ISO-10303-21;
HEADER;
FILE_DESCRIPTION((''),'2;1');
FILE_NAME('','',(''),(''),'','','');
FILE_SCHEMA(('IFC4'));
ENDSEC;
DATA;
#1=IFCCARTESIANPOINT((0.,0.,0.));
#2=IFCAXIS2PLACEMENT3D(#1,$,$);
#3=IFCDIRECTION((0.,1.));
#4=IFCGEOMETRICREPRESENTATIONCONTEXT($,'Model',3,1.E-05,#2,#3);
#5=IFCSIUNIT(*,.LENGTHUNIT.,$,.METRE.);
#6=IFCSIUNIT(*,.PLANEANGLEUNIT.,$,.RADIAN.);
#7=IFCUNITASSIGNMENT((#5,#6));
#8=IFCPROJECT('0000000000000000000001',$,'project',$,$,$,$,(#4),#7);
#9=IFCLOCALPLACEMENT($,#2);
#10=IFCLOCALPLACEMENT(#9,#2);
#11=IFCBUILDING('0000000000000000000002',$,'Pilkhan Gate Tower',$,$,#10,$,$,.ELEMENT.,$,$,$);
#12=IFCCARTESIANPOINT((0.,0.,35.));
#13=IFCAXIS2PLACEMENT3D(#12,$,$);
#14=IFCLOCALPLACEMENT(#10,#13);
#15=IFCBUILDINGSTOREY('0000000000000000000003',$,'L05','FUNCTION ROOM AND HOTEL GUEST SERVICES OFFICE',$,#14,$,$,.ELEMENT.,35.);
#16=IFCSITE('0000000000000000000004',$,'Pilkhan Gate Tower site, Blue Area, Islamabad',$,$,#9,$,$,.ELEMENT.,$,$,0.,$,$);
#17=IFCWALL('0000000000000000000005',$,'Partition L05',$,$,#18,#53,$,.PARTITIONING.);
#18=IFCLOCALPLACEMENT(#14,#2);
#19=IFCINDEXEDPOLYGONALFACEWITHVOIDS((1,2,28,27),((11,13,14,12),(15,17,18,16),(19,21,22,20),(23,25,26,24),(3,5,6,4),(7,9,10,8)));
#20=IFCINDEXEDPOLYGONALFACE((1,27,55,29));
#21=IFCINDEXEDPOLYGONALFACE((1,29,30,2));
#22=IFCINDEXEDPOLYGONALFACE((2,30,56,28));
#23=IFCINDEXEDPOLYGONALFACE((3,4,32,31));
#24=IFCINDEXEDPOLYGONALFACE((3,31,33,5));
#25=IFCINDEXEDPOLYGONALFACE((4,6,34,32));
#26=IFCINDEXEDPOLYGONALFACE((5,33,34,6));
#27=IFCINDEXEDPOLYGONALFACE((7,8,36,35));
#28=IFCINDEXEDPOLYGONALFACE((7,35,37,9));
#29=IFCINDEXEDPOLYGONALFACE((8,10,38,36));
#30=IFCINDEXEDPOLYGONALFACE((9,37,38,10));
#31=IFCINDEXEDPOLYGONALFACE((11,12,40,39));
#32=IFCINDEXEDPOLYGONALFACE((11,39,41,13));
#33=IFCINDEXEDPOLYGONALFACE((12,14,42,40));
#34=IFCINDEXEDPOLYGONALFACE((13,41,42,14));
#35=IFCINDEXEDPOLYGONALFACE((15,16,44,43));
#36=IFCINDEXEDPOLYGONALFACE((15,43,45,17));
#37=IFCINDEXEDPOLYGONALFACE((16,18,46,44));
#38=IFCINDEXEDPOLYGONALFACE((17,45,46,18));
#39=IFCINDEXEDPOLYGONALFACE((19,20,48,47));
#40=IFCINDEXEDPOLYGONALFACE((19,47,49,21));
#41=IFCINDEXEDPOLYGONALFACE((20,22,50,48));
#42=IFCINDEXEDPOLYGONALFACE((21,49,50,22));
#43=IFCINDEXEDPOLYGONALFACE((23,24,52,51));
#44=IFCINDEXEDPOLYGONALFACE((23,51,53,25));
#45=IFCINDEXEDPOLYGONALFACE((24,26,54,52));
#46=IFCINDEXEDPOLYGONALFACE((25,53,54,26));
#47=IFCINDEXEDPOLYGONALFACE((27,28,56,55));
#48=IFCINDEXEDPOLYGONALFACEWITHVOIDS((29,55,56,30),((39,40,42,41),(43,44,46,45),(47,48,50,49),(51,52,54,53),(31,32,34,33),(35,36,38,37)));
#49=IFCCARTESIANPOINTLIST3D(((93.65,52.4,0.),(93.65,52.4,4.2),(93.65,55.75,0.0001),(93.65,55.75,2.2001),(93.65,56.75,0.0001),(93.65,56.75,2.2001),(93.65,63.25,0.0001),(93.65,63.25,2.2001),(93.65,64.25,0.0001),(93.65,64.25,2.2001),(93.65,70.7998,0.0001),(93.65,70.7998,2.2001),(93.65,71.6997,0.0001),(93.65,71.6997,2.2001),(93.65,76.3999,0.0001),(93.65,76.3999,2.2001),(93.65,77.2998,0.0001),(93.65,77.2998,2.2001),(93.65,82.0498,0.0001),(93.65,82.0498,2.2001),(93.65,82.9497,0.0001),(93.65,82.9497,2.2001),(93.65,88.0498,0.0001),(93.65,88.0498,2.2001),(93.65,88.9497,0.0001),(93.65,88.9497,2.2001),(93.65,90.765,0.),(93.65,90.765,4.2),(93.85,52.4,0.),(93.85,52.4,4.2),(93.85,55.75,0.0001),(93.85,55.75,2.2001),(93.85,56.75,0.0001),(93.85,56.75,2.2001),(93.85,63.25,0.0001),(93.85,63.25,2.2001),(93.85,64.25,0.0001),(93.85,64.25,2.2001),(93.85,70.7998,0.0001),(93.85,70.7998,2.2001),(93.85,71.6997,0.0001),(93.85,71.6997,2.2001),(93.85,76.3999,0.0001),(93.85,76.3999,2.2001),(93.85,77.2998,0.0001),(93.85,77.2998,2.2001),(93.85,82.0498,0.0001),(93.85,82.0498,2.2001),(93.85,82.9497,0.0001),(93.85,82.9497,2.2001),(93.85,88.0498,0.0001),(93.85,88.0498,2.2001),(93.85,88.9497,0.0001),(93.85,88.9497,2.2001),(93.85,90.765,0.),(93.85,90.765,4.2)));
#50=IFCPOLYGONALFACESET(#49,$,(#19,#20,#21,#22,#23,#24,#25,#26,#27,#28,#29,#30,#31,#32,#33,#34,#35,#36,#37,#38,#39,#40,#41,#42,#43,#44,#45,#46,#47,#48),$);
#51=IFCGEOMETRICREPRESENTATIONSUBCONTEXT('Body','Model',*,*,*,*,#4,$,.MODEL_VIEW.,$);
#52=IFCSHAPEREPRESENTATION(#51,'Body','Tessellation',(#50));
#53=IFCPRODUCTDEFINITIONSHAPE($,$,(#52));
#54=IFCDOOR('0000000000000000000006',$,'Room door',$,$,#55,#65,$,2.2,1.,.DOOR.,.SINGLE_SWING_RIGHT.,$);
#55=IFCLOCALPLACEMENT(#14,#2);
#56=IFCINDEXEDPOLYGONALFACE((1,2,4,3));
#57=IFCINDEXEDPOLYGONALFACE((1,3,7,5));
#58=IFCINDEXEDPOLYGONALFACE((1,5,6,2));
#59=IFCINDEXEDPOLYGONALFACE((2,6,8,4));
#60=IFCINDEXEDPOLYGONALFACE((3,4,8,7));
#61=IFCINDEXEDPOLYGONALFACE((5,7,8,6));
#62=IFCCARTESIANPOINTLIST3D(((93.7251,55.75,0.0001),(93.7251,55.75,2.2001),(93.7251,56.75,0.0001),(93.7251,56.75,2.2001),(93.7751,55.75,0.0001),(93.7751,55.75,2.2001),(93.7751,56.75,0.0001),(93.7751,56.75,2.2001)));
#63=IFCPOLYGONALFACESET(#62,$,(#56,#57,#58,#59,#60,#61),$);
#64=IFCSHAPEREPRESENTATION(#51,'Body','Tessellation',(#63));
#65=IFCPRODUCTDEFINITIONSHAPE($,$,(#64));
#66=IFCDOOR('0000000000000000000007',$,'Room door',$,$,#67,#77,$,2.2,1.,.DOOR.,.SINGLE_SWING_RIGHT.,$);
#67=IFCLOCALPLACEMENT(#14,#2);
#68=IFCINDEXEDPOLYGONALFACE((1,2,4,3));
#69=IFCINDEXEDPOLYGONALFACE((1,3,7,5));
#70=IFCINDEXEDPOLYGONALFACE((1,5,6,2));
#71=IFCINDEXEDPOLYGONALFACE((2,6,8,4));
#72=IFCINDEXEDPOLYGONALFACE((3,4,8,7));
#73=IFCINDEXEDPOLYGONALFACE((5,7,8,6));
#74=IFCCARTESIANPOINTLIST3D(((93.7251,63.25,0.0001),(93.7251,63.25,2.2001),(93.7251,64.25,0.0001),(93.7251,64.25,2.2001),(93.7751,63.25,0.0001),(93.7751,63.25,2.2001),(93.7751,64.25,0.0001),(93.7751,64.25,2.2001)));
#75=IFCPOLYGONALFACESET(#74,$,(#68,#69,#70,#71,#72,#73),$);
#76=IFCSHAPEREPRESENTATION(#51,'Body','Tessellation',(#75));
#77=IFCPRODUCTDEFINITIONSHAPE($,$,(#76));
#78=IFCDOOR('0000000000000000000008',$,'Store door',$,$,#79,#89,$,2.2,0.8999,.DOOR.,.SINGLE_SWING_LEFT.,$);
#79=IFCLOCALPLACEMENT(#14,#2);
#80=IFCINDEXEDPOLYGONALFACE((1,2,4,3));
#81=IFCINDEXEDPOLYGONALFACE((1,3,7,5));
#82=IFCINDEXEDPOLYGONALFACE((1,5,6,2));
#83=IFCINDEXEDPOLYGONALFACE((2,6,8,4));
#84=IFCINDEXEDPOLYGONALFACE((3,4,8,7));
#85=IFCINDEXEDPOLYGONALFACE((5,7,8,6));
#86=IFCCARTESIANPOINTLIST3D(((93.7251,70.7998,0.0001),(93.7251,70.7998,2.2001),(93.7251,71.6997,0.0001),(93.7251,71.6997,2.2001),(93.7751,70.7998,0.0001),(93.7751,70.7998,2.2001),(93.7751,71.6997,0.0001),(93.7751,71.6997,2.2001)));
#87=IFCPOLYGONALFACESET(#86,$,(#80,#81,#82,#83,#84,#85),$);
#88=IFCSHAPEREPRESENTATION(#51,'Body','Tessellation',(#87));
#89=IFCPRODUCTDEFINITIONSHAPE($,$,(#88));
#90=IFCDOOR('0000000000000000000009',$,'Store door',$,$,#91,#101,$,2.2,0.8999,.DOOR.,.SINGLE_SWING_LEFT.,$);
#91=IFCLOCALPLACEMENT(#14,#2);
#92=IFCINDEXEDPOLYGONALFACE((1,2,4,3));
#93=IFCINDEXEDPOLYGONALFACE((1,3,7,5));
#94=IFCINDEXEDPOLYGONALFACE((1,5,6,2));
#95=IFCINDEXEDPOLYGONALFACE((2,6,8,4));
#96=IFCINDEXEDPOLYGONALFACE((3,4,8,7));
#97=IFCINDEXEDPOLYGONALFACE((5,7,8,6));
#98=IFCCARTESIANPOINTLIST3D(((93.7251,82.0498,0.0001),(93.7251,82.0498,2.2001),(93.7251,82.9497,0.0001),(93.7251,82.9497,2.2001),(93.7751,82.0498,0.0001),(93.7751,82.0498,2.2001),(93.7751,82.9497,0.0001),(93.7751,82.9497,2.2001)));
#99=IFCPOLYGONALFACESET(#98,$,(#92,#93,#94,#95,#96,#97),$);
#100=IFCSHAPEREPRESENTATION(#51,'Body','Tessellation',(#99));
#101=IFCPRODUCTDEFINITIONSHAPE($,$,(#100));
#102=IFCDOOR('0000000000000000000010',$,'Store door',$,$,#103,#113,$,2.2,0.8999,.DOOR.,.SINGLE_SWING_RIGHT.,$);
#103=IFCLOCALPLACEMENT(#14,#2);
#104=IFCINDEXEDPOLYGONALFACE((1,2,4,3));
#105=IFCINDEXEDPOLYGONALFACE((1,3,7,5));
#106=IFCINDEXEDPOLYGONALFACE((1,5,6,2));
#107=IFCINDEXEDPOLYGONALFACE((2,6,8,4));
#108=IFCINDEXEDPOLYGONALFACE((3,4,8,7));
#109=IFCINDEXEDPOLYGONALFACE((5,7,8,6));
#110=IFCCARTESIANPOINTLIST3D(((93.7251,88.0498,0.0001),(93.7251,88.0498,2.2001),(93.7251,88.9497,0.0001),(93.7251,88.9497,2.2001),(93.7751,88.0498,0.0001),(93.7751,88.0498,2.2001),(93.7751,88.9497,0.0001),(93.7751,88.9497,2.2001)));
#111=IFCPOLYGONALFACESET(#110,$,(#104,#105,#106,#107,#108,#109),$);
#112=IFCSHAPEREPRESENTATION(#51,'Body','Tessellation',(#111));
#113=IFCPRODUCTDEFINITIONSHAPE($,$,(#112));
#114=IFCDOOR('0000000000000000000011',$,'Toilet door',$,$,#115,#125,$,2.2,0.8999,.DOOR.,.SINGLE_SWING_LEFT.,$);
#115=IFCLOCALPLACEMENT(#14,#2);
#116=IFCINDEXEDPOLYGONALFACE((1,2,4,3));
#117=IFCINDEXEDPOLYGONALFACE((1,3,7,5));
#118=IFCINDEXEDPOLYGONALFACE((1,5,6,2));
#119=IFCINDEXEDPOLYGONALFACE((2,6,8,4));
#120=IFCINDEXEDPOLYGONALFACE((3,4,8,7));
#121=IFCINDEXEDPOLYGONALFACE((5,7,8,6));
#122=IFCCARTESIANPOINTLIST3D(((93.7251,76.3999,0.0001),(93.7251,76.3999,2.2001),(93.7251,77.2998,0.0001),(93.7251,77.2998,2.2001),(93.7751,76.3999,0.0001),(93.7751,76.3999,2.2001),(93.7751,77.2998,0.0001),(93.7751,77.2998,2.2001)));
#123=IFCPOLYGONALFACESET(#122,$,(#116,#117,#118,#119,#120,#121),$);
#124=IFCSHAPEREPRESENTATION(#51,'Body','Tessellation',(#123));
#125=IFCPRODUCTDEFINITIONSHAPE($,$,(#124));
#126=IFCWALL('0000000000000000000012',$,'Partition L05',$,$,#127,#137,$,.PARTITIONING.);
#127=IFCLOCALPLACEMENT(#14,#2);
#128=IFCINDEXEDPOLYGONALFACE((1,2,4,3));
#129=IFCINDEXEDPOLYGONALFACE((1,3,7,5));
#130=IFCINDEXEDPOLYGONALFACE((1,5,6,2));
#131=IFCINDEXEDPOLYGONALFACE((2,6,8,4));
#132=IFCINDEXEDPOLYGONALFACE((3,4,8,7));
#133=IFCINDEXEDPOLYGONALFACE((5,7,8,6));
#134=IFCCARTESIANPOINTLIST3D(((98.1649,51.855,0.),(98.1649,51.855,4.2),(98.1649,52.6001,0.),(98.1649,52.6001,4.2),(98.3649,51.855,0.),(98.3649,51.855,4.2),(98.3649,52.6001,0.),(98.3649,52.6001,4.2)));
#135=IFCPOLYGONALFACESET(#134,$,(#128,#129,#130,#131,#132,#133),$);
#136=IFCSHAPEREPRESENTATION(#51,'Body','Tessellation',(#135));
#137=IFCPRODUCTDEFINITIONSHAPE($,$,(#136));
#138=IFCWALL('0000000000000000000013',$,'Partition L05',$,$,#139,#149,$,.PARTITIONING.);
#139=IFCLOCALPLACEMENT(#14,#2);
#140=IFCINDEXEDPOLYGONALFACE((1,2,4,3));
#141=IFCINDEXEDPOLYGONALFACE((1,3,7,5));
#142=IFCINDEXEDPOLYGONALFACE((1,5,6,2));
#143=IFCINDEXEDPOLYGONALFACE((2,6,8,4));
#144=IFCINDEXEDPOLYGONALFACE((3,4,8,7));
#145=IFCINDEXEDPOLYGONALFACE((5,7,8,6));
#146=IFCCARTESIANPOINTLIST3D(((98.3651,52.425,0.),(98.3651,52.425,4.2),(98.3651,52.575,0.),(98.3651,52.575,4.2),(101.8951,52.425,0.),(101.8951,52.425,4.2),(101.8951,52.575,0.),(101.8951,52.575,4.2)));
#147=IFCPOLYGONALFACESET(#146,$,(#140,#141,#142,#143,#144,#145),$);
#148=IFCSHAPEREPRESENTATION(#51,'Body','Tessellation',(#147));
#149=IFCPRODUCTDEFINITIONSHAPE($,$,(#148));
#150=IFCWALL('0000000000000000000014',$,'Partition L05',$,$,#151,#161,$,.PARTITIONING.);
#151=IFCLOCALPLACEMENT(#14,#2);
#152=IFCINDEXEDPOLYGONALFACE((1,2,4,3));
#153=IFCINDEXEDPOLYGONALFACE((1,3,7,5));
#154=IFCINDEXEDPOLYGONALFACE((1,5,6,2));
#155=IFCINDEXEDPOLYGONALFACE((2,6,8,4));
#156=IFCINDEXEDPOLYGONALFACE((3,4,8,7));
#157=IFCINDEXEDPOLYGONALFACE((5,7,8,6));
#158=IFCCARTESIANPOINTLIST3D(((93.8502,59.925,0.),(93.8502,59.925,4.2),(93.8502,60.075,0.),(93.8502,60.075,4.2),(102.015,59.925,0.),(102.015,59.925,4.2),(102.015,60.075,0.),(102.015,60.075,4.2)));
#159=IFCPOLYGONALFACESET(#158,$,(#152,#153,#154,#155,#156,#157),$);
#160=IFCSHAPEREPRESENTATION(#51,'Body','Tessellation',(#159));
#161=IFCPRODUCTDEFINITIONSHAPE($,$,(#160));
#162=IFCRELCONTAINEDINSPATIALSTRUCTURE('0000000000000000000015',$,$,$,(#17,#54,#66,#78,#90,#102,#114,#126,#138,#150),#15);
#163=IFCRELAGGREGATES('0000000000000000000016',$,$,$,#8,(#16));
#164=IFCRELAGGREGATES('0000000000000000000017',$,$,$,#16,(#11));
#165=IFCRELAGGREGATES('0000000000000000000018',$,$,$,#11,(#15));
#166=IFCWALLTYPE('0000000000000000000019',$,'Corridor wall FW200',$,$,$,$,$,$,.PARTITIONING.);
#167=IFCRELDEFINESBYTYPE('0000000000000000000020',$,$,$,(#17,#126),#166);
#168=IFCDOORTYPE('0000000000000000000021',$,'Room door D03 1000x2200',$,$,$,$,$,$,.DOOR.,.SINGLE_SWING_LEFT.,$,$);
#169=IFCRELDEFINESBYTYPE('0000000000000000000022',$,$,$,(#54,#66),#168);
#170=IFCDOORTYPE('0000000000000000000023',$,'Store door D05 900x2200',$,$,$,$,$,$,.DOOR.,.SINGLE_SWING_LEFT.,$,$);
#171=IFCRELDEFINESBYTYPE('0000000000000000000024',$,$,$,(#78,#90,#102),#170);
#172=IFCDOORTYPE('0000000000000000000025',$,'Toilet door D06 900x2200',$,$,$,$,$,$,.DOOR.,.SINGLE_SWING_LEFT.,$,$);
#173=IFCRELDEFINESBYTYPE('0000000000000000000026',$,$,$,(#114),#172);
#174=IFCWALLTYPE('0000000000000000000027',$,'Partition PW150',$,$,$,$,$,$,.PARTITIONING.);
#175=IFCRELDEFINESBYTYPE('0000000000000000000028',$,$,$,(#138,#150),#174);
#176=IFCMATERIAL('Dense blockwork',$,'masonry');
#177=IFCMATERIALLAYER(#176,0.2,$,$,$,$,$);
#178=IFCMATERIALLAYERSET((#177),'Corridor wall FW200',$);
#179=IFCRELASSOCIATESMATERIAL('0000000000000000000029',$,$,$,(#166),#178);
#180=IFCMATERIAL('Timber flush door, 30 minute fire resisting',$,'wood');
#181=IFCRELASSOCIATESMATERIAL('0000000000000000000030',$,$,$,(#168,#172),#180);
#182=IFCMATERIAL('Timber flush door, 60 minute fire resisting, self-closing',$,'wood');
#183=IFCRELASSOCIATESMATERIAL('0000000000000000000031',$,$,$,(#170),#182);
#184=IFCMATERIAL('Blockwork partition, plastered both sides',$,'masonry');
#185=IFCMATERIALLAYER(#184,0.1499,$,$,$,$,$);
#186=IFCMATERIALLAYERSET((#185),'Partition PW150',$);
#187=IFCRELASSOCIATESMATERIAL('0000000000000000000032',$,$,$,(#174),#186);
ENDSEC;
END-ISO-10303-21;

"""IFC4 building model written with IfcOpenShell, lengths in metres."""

from ifc_helpers import new_model, si_unit, direction, frame, frame_2d, origin, place, context, subcontext, project, spatial, rectangle, extrude, material, layer, layer_set, type_object, element, fill, save


model = new_model("IFC4")

# Units and contexts
model_context = context("Model", 3, precision=1e-05, world=origin(), true_north=direction((0.0, 1.0)))
body_context = subcontext(model_context, "Body", "Model", "MODEL_VIEW")
ifc_project = project(units=[si_unit("LENGTHUNIT", "METRE"), si_unit("PLANEANGLEUNIT", "RADIAN")], contexts=[model_context])

# Site, building, storey
site_placement = place(None, origin())
site = spatial("IfcSite", under=ifc_project, at=site_placement, Name="Pilkhan Gate Tower site, Blue Area, Islamabad", CompositionType="ELEMENT", RefElevation=0.0)
building_placement = place(site_placement, origin())
building = spatial("IfcBuilding", under=site, at=building_placement, Name="Pilkhan Gate Tower", CompositionType="ELEMENT")
storey_placement = place(building_placement, frame((0.0, 0.0, 35.0)))
storey = spatial("IfcBuildingStorey", under=building, at=storey_placement, Name="L05", Description="FUNCTION ROOM AND HOTEL GUEST SERVICES OFFICE", CompositionType="ELEMENT", Elevation=35.0)

# Shared definitions
ifc_material_1 = material(Name="Dense blockwork", Category="masonry")
ifc_layer_1 = layer(ifc_material_1, 0.2)
ifc_layer_set_1 = layer_set([ifc_layer_1], Name="Corridor wall FW200")
wall_type_1 = type_object("IfcWallType", Name="Corridor wall FW200", PredefinedType="PARTITIONING", material=ifc_layer_set_1)

# Wall, openings, doors
wall_1_placement = place(storey_placement, frame((93.75, 52.3999, 0.0), z_axis=(0.0, 0.0, 1.0), x_axis=(0.0, 1.0, 0.0)))
wall_1 = element("IfcWall", 1, at=wall_1_placement, inside=storey, type_object=wall_type_1, Name="Partition L05", PredefinedType="PARTITIONING", context=body_context, shape_type="SweptSolid", body=[
    extrude(rectangle(XDim=38.365, YDim=0.2, at=frame_2d((19.1826, 0.0))), origin(), (0.0, 0.0, 1.0), 4.2),
])
opening_1_placement = place(wall_1_placement, frame((3.3501, 0.0, 0.0)))
opening_1 = element("IfcOpeningElement", 2, at=opening_1_placement, cuts=wall_1, PredefinedType="OPENING", context=body_context, shape_type="SweptSolid", body=[
    extrude(rectangle(XDim=1.0, YDim=2.2, at=frame_2d((0.5, 1.1001))), frame((0.0, 0.1099, 0.0), z_axis=(0.0, -1.0, 0.0), x_axis=(1.0, 0.0, 0.0)), (0.0, 0.0, 1.0), 0.22),
])
opening_2_placement = place(wall_1_placement, frame((10.8501, 0.0, 0.0)))
opening_2 = element("IfcOpeningElement", 3, at=opening_2_placement, cuts=wall_1, PredefinedType="OPENING", context=body_context, shape_type="SweptSolid", body=[
    extrude(rectangle(XDim=1.0, YDim=2.2, at=frame_2d((0.5, 1.1001))), frame((0.0, 0.1099, 0.0), z_axis=(0.0, -1.0, 0.0), x_axis=(1.0, 0.0, 0.0)), (0.0, 0.0, 1.0), 0.22),
])
opening_3_placement = place(wall_1_placement, frame((18.3999, 0.0, 0.0)))
opening_3 = element("IfcOpeningElement", 4, at=opening_3_placement, cuts=wall_1, PredefinedType="OPENING", context=body_context, shape_type="SweptSolid", body=[
    extrude(rectangle(XDim=0.8999, YDim=2.2, at=frame_2d((0.45, 1.1001))), frame((0.0, 0.1099, 0.0), z_axis=(0.0, -1.0, 0.0), x_axis=(1.0, 0.0, 0.0)), (0.0, 0.0, 1.0), 0.22),
])
opening_4_placement = place(wall_1_placement, frame((24.0, 0.0, 0.0)))
opening_4 = element("IfcOpeningElement", 5, at=opening_4_placement, cuts=wall_1, PredefinedType="OPENING", context=body_context, shape_type="SweptSolid", body=[
    extrude(rectangle(XDim=0.8999, YDim=2.2, at=frame_2d((0.45, 1.1001))), frame((0.0, 0.1099, 0.0), z_axis=(0.0, -1.0, 0.0), x_axis=(1.0, 0.0, 0.0)), (0.0, 0.0, 1.0), 0.22),
])
opening_5_placement = place(wall_1_placement, frame((29.6499, 0.0, 0.0)))
opening_5 = element("IfcOpeningElement", 6, at=opening_5_placement, cuts=wall_1, PredefinedType="OPENING", context=body_context, shape_type="SweptSolid", body=[
    extrude(rectangle(XDim=0.8999, YDim=2.2, at=frame_2d((0.45, 1.1001))), frame((0.0, 0.1099, 0.0), z_axis=(0.0, -1.0, 0.0), x_axis=(1.0, 0.0, 0.0)), (0.0, 0.0, 1.0), 0.22),
])
opening_6_placement = place(wall_1_placement, frame((35.6499, 0.0, 0.0)))
opening_6 = element("IfcOpeningElement", 7, at=opening_6_placement, cuts=wall_1, PredefinedType="OPENING", context=body_context, shape_type="SweptSolid", body=[
    extrude(rectangle(XDim=0.8999, YDim=2.2, at=frame_2d((0.45, 1.1001))), frame((0.0, 0.1099, 0.0), z_axis=(0.0, -1.0, 0.0), x_axis=(1.0, 0.0, 0.0)), (0.0, 0.0, 1.0), 0.22),
])
ifc_material_2 = material(Name="Timber flush door, 30 minute fire resisting", Category="wood")
door_type_1 = type_object("IfcDoorType", Name="Room door D03 1000x2200", OperationType="SINGLE_SWING_LEFT", PredefinedType="DOOR", material=ifc_material_2)
door_1_placement = place(opening_1_placement, origin())
door_1 = element("IfcDoor", 8, at=door_1_placement, inside=storey, type_object=door_type_1, Name="Room door", OperationType="SINGLE_SWING_RIGHT", OverallHeight=2.2, OverallWidth=1.0, PredefinedType="DOOR", context=body_context, shape_type="SweptSolid", body=[
    extrude(rectangle(XDim=1.0, YDim=2.2, at=frame_2d((0.5, 1.1001))), frame((0.0, 0.0249, 0.0), z_axis=(0.0, -1.0, 0.0), x_axis=(1.0, 0.0, 0.0)), (0.0, 0.0, 1.0), 0.05),
])
fill(opening_1, door_1)
door_2_placement = place(opening_2_placement, origin())
door_2 = element("IfcDoor", 9, at=door_2_placement, inside=storey, type_object=door_type_1, Name="Room door", OperationType="SINGLE_SWING_RIGHT", OverallHeight=2.2, OverallWidth=1.0, PredefinedType="DOOR", context=body_context, shape_type="SweptSolid", body=[
    extrude(rectangle(XDim=1.0, YDim=2.2, at=frame_2d((0.5, 1.1001))), frame((0.0, 0.0249, 0.0), z_axis=(0.0, -1.0, 0.0), x_axis=(1.0, 0.0, 0.0)), (0.0, 0.0, 1.0), 0.05),
])
fill(opening_2, door_2)
ifc_material_3 = material(Name="Timber flush door, 60 minute fire resisting, self-closing", Category="wood")
door_type_2 = type_object("IfcDoorType", Name="Store door D05 900x2200", OperationType="SINGLE_SWING_LEFT", PredefinedType="DOOR", material=ifc_material_3)
door_3_placement = place(opening_3_placement, origin())
door_3 = element("IfcDoor", 10, at=door_3_placement, inside=storey, type_object=door_type_2, Name="Store door", OperationType="SINGLE_SWING_LEFT", OverallHeight=2.2, OverallWidth=0.8999, PredefinedType="DOOR", context=body_context, shape_type="SweptSolid", body=[
    extrude(rectangle(XDim=0.8999, YDim=2.2, at=frame_2d((0.45, 1.1001))), frame((0.0, 0.0249, 0.0), z_axis=(0.0, -1.0, 0.0), x_axis=(1.0, 0.0, 0.0)), (0.0, 0.0, 1.0), 0.05),
])
fill(opening_3, door_3)
door_4_placement = place(opening_5_placement, origin())
door_4 = element("IfcDoor", 11, at=door_4_placement, inside=storey, type_object=door_type_2, Name="Store door", OperationType="SINGLE_SWING_LEFT", OverallHeight=2.2, OverallWidth=0.8999, PredefinedType="DOOR", context=body_context, shape_type="SweptSolid", body=[
    extrude(rectangle(XDim=0.8999, YDim=2.2, at=frame_2d((0.45, 1.1001))), frame((0.0, 0.0249, 0.0), z_axis=(0.0, -1.0, 0.0), x_axis=(1.0, 0.0, 0.0)), (0.0, 0.0, 1.0), 0.05),
])
fill(opening_5, door_4)
door_5_placement = place(opening_6_placement, origin())
door_5 = element("IfcDoor", 12, at=door_5_placement, inside=storey, type_object=door_type_2, Name="Store door", OperationType="SINGLE_SWING_RIGHT", OverallHeight=2.2, OverallWidth=0.8999, PredefinedType="DOOR", context=body_context, shape_type="SweptSolid", body=[
    extrude(rectangle(XDim=0.8999, YDim=2.2, at=frame_2d((0.45, 1.1001))), frame((0.0, 0.0249, 0.0), z_axis=(0.0, -1.0, 0.0), x_axis=(1.0, 0.0, 0.0)), (0.0, 0.0, 1.0), 0.05),
])
fill(opening_6, door_5)
door_type_3 = type_object("IfcDoorType", Name="Toilet door D06 900x2200", OperationType="SINGLE_SWING_LEFT", PredefinedType="DOOR", material=ifc_material_2)
door_6_placement = place(opening_4_placement, origin())
door_6 = element("IfcDoor", 13, at=door_6_placement, inside=storey, type_object=door_type_3, Name="Toilet door", OperationType="SINGLE_SWING_LEFT", OverallHeight=2.2, OverallWidth=0.8999, PredefinedType="DOOR", context=body_context, shape_type="SweptSolid", body=[
    extrude(rectangle(XDim=0.8999, YDim=2.2, at=frame_2d((0.45, 1.1001))), frame((0.0, 0.0249, 0.0), z_axis=(0.0, -1.0, 0.0), x_axis=(1.0, 0.0, 0.0)), (0.0, 0.0, 1.0), 0.05),
])
fill(opening_4, door_6)

# Walls
wall_2_placement = place(storey_placement, frame((98.2649, 51.855, 0.0), z_axis=(0.0, 0.0, 1.0), x_axis=(0.0, 1.0, 0.0)))
element("IfcWall", 14, at=wall_2_placement, inside=storey, type_object=wall_type_1, Name="Partition L05", PredefinedType="PARTITIONING", context=body_context, shape_type="SweptSolid", body=[
    extrude(rectangle(XDim=0.7451, YDim=0.2, at=frame_2d((0.3726, 0.0))), origin(), (0.0, 0.0, 1.0), 4.2),
])
ifc_material_4 = material(Name="Blockwork partition, plastered both sides", Category="masonry")
ifc_layer_2 = layer(ifc_material_4, 0.1499)
ifc_layer_set_2 = layer_set([ifc_layer_2], Name="Partition PW150")
wall_type_2 = type_object("IfcWallType", Name="Partition PW150", PredefinedType="PARTITIONING", material=ifc_layer_set_2)
wall_3_placement = place(storey_placement, frame((98.365, 52.5, 0.0), z_axis=(0.0, 0.0, 1.0), x_axis=(1.0, 0.0, 0.0)))
element("IfcWall", 15, at=wall_3_placement, inside=storey, type_object=wall_type_2, Name="Partition L05", PredefinedType="PARTITIONING", context=body_context, shape_type="SweptSolid", body=[
    extrude(rectangle(XDim=3.53, YDim=0.1499, at=frame_2d((1.7651, 0.0))), origin(), (0.0, 0.0, 1.0), 4.2),
])
for number, where, z_axis, x_axis, name in (
    (16, (93.8501, 60.0, 0.0), (0.0, 0.0, 1.0), (1.0, 0.0, 0.0), "Partition L05"),
):
    element("IfcWall", number, at=place(storey_placement, frame(where, z_axis=z_axis, x_axis=x_axis)), inside=storey, type_object=wall_type_2, Name=name, PredefinedType="PARTITIONING", context=body_context, shape_type="SweptSolid", body=[
        extrude(rectangle(XDim=8.1648, YDim=0.1499, at=frame_2d((4.0825, 0.0))), origin(), (0.0, 0.0, 1.0), 4.2),
    ])

save(model, "model.ifc")
